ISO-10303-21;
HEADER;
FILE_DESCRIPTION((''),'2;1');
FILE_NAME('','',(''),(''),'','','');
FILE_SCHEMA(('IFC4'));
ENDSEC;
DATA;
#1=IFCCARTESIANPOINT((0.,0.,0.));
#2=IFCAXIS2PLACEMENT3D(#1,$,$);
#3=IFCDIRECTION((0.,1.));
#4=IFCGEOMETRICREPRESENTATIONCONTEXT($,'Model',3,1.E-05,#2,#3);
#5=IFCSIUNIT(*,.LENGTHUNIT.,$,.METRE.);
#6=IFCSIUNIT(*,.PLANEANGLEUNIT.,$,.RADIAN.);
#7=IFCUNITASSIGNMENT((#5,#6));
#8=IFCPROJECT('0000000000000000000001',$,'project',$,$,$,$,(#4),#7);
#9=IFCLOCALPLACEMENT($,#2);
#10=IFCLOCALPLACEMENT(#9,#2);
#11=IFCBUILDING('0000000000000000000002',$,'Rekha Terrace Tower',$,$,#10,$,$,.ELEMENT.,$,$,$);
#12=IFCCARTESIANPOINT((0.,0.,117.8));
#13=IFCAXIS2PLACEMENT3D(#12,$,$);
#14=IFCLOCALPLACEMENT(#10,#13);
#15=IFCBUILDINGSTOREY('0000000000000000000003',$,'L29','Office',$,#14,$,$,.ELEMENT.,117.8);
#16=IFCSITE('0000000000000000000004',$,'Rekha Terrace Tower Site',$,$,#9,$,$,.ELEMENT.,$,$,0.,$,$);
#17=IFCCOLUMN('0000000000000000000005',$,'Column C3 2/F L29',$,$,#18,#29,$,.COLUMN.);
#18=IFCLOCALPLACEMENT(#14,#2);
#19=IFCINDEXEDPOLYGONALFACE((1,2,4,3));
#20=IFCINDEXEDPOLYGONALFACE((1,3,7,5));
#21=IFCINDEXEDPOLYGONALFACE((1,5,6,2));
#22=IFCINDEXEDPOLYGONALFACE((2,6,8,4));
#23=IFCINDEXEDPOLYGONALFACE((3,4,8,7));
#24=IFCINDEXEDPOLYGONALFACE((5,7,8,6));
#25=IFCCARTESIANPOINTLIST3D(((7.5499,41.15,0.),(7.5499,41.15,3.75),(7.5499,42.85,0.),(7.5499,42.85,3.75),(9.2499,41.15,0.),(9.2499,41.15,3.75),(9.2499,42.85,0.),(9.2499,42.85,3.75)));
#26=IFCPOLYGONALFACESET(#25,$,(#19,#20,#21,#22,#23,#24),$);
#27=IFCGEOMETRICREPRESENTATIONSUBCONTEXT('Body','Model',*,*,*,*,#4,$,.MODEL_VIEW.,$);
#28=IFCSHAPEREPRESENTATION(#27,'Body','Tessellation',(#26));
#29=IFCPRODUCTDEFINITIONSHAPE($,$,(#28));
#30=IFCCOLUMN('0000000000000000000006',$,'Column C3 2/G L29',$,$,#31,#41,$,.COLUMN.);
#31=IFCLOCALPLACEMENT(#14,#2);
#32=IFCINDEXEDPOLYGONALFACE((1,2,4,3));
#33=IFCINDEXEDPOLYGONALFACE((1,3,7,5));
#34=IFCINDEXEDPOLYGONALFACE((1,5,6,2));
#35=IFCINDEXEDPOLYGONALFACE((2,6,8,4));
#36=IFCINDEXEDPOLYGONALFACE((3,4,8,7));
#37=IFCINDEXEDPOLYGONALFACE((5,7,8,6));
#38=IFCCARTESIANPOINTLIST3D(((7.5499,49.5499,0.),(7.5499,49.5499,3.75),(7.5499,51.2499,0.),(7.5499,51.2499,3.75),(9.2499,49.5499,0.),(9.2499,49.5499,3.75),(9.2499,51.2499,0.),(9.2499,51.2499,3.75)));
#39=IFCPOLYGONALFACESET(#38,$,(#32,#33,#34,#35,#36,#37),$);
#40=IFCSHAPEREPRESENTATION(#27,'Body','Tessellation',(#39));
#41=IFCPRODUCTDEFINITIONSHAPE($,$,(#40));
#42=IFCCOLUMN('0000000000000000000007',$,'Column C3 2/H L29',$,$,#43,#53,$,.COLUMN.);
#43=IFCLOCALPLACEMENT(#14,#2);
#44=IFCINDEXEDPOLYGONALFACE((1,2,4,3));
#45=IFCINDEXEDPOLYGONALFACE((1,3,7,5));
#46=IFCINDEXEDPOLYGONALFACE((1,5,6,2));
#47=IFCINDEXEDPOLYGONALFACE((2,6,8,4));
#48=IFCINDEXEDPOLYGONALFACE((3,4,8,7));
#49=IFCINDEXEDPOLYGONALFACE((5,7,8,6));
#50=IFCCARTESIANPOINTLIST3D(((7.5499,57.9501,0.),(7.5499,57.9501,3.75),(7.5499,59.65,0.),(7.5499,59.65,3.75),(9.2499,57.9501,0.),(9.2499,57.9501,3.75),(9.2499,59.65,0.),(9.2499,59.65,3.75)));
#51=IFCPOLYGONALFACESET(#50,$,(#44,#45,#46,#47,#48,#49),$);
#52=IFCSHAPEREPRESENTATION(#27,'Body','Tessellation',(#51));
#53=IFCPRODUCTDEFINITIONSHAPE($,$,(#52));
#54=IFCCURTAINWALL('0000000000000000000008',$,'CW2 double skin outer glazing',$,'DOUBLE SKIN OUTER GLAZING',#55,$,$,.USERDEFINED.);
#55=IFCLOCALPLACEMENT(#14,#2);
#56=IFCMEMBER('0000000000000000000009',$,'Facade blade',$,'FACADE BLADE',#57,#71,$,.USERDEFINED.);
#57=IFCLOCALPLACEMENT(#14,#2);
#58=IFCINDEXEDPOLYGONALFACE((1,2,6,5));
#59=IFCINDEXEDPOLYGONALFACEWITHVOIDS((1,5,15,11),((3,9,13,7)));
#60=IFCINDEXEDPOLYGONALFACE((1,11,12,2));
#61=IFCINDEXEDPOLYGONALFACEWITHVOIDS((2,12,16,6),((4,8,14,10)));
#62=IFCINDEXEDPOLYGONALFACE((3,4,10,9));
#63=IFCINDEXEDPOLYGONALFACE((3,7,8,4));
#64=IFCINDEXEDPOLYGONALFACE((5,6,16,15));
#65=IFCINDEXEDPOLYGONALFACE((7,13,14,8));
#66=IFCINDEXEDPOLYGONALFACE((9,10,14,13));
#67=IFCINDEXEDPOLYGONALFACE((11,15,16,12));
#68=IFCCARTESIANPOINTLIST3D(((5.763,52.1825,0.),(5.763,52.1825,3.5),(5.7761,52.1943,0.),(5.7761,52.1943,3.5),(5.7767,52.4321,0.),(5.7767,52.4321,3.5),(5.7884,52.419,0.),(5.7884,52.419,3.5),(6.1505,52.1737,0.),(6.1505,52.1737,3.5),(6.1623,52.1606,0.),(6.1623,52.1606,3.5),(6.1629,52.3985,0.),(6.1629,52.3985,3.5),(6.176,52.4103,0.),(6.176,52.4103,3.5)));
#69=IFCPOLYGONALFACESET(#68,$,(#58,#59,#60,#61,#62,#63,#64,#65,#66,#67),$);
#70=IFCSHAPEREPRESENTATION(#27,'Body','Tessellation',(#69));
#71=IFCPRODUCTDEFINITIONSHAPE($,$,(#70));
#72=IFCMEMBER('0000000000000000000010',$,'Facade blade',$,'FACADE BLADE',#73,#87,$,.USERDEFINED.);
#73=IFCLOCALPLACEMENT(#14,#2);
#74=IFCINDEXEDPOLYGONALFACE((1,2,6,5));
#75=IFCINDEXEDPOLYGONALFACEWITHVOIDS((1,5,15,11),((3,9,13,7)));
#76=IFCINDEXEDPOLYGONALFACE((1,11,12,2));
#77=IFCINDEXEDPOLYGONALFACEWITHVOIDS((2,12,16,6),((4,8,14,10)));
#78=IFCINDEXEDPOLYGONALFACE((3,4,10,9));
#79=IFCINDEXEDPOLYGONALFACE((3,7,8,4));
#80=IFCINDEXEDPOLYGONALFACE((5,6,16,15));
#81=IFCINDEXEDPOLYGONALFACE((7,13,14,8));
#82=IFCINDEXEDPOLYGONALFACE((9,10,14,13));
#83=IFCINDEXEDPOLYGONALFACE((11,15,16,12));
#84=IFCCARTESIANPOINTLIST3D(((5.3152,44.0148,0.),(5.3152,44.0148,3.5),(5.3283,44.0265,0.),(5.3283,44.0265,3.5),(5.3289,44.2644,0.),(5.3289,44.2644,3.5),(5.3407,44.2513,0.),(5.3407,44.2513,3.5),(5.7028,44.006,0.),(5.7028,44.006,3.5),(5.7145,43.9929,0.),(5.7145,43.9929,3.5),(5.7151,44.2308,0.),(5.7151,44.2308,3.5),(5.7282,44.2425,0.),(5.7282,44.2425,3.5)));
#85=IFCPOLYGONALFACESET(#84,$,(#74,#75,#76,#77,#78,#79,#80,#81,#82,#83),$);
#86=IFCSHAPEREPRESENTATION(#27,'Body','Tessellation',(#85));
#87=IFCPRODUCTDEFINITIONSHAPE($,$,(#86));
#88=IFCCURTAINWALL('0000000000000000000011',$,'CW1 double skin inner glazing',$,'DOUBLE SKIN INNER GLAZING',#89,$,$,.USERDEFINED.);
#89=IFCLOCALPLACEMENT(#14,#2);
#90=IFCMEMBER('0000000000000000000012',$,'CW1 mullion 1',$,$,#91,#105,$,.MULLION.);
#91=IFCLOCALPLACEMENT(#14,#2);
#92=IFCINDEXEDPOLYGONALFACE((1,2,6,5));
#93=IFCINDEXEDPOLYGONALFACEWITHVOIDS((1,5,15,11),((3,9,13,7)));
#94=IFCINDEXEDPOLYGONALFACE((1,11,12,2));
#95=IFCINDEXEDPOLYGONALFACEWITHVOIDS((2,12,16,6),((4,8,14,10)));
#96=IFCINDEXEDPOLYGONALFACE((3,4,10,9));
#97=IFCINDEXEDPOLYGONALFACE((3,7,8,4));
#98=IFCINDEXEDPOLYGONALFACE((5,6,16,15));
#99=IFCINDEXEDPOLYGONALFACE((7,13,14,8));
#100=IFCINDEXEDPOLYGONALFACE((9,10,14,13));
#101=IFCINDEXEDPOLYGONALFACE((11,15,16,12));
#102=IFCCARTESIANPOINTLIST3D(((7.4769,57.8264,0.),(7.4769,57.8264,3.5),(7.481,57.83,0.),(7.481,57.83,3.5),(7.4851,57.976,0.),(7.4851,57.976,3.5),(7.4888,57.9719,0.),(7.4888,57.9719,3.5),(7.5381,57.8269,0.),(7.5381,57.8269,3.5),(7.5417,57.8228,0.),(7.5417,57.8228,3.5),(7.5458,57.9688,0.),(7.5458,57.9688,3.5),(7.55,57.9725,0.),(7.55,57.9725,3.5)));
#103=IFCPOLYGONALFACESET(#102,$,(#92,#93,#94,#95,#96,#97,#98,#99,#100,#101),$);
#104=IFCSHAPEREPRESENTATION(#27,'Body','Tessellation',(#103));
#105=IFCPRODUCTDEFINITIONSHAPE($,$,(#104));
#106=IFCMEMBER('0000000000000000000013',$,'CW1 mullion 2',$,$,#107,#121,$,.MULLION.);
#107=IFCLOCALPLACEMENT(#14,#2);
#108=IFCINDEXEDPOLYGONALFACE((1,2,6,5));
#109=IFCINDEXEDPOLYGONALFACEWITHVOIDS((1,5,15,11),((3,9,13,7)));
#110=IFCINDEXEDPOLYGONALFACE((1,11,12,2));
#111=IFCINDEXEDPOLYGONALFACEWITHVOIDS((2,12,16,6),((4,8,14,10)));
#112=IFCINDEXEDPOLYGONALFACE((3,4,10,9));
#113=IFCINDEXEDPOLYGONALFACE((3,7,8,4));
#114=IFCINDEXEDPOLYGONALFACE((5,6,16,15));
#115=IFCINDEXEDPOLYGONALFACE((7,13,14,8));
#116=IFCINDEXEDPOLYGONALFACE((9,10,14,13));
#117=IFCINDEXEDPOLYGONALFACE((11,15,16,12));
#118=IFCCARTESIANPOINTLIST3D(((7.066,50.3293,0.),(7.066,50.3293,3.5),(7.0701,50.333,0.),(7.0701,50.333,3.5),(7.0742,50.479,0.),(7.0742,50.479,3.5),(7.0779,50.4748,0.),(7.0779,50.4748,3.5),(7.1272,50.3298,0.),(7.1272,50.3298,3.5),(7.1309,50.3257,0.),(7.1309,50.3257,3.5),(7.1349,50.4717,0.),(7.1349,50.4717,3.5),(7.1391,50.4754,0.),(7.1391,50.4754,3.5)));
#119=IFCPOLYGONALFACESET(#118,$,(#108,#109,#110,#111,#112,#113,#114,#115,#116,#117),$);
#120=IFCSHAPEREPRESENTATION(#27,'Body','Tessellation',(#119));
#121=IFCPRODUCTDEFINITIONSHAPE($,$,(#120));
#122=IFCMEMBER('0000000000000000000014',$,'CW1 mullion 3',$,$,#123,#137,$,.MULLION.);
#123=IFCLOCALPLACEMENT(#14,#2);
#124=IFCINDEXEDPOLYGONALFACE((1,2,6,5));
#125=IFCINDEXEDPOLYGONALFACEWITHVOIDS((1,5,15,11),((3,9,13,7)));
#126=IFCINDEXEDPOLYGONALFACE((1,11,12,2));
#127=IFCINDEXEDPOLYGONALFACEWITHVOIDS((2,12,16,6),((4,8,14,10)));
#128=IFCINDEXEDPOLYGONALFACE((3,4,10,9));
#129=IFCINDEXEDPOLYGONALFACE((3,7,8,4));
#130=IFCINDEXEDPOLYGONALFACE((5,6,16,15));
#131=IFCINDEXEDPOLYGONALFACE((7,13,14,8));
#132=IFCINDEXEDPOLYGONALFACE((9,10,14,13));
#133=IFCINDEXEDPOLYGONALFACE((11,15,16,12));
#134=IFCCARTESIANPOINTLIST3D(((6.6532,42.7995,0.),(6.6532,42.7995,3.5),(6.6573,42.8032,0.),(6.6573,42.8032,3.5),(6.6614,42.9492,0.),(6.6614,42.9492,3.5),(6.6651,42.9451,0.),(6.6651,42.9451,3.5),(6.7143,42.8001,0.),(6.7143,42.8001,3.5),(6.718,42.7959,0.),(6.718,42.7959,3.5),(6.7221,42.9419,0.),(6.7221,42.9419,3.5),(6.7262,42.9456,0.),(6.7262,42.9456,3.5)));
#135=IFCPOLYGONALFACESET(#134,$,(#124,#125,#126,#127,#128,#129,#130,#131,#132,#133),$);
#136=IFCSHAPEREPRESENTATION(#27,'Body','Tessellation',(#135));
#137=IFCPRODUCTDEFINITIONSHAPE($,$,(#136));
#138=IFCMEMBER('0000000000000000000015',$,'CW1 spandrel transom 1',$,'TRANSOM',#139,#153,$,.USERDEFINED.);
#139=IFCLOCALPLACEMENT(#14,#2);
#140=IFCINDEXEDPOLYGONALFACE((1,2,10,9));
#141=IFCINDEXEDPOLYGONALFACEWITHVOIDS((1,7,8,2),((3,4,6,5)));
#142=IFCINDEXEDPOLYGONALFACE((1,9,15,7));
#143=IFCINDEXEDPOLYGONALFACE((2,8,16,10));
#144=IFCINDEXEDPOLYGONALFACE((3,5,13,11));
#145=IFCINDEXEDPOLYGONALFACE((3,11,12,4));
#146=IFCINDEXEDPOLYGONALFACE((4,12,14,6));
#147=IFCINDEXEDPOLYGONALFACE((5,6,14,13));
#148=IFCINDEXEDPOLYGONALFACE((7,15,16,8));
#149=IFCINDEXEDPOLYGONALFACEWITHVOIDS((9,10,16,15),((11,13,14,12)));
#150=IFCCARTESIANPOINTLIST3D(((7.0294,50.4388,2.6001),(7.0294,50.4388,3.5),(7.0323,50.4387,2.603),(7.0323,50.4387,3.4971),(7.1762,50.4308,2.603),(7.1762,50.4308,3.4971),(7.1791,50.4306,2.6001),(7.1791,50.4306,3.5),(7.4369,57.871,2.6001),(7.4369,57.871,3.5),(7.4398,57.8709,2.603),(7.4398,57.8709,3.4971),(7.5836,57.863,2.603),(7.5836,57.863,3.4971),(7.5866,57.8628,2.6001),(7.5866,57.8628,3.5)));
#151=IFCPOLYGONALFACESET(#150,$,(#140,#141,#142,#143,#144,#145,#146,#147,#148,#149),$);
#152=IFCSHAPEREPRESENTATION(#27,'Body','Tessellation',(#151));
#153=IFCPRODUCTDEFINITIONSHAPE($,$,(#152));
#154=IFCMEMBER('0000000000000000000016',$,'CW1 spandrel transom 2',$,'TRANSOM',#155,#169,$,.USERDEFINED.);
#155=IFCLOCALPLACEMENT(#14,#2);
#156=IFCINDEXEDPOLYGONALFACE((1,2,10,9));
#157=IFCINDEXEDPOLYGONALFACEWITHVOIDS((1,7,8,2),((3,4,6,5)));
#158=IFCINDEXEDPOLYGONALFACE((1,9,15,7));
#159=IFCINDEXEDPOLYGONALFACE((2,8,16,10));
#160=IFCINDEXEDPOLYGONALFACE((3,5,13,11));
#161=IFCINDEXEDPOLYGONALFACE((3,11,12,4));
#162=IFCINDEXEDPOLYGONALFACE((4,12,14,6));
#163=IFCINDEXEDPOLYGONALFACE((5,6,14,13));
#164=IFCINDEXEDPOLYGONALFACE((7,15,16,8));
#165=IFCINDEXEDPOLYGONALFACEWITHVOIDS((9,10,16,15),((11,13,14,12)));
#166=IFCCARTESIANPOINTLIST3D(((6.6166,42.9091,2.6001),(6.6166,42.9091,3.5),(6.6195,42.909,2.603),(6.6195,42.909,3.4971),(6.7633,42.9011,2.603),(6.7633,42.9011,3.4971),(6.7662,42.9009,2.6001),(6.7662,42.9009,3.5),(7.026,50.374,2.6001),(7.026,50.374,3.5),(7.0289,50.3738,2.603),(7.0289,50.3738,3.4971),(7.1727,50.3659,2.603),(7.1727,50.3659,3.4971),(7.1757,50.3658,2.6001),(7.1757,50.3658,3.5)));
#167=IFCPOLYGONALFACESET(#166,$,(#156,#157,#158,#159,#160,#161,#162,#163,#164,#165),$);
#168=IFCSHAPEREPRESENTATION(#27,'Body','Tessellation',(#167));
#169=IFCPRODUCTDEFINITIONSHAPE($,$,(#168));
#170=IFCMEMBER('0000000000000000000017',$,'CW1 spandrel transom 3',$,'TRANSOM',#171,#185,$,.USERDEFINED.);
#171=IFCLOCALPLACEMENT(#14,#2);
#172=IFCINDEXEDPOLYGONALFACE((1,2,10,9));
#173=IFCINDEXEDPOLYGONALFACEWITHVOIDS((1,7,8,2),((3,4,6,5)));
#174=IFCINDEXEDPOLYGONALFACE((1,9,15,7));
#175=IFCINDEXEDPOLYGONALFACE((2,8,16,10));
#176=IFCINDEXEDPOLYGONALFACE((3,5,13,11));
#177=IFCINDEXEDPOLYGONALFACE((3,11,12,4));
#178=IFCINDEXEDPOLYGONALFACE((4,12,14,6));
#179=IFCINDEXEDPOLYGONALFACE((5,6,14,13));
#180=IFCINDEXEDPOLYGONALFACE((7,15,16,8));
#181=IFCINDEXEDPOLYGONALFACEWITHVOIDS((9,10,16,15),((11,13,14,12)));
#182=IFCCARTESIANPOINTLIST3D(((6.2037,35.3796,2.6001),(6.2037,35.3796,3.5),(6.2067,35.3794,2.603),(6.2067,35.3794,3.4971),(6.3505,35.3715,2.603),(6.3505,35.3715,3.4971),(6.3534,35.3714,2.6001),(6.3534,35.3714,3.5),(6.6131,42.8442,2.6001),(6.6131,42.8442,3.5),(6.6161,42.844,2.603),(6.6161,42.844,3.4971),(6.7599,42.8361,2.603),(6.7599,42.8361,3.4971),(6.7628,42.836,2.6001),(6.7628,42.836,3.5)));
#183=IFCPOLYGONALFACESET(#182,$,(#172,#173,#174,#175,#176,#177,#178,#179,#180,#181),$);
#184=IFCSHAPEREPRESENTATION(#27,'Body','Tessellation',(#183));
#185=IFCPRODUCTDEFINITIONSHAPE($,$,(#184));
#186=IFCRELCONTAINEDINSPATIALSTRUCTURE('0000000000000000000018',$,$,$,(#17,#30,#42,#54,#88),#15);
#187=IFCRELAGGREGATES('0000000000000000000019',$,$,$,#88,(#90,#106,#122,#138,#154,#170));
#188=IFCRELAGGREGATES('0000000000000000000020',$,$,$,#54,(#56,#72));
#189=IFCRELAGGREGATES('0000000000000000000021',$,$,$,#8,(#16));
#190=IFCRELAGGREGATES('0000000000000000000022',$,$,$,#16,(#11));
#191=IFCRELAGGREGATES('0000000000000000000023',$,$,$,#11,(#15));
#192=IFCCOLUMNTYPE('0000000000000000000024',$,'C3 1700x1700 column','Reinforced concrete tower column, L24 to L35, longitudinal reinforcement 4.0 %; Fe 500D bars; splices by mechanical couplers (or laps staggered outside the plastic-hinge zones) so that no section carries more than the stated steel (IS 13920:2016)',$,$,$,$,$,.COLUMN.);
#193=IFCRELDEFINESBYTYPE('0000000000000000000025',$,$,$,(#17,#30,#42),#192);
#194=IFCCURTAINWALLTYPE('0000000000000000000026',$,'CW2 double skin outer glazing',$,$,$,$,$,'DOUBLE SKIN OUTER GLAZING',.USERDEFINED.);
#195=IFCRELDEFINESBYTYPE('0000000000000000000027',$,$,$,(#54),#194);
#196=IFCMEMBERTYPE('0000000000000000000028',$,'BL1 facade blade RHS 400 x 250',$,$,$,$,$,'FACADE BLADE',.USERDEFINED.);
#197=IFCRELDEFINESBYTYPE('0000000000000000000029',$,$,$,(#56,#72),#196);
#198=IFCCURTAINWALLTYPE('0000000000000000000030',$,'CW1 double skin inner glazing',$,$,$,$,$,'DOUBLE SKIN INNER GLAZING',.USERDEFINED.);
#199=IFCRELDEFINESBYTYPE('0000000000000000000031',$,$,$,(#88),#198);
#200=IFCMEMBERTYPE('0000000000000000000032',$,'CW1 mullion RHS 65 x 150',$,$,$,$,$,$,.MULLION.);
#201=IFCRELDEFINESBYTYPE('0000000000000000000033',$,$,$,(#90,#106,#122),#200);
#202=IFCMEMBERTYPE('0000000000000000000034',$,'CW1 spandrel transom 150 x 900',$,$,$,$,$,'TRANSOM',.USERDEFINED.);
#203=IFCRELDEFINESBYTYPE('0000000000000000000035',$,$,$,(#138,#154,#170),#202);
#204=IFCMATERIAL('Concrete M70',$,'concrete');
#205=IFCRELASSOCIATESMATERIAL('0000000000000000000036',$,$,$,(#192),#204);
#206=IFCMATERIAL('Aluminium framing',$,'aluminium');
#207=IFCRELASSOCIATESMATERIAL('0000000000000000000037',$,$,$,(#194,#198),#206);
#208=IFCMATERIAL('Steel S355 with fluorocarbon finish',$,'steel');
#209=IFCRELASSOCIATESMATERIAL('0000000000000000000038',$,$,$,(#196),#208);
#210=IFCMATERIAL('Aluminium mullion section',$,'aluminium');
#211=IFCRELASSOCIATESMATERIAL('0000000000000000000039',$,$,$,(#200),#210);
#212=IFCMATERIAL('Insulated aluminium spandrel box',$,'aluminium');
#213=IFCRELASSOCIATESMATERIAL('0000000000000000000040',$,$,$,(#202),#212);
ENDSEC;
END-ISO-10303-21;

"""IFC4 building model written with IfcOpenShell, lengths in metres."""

from ifc_helpers import new_model, si_unit, direction, frame, origin, origin_2d, place, context, subcontext, project, spatial, rectangle, hollow_rectangle, extrude, material, material_profile, profile_set, type_object, element, aggregate, save


model = new_model("IFC4")

# Units and contexts
model_context = context("Model", 3, precision=1e-05, world=origin(), true_north=direction((0.0, 1.0)))
body_context = subcontext(model_context, "Body", "Model", "MODEL_VIEW")
ifc_project = project(units=[si_unit("LENGTHUNIT", "METRE"), si_unit("PLANEANGLEUNIT", "RADIAN")], contexts=[model_context])

# Site, building, storey
site_placement = place(None, origin())
site = spatial("IfcSite", under=ifc_project, at=site_placement, Name="Rekha Terrace Tower Site", CompositionType="ELEMENT", RefElevation=0.0)
building_placement = place(site_placement, origin())
building = spatial("IfcBuilding", under=site, at=building_placement, Name="Rekha Terrace Tower", CompositionType="ELEMENT")
storey_placement = place(building_placement, frame((0.0, 0.0, 117.8)))
storey = spatial("IfcBuildingStorey", under=building, at=storey_placement, Name="L29", Description="Office", CompositionType="ELEMENT", Elevation=117.8)

# Columns
ifc_material_1 = material(Name="Concrete M70", Category="concrete")
ifc_material_profile_1 = material_profile(ifc_material_1, rectangle(XDim=1.7, YDim=1.7, at=origin_2d()), Name="RC 1700x1700")
ifc_profile_set_1 = profile_set([ifc_material_profile_1], Name="Concrete M70")
column_type = type_object("IfcColumnType", Name="C3 1700x1700 column", Description="Reinforced concrete tower column, L24 to L35, longitudinal reinforcement 4.0 %; Fe 500D bars; splices by mechanical couplers (or laps staggered outside the plastic-hinge zones) so that no section carries more than the stated steel (IS 13920:2016)", PredefinedType="COLUMN", material=ifc_profile_set_1)
for number, where, z_axis, x_axis, name in (
    (1, (8.3999, 42.0, 0.0), (0.0, 0.0, 1.0), (1.0, 0.0, 0.0), "Column C3 2/F L29"),
    (2, (8.3999, 50.3999, 0.0), (0.0, 0.0, 1.0), (1.0, 0.0, 0.0), "Column C3 2/G L29"),
    (3, (8.3999, 58.8, 0.0), (0.0, 0.0, 1.0), (1.0, 0.0, 0.0), "Column C3 2/H L29"),
):
    element("IfcColumn", number, at=place(storey_placement, frame(where, z_axis=z_axis, x_axis=x_axis)), inside=storey, type_object=column_type, Name=name, PredefinedType="COLUMN", context=body_context, shape_type="SweptSolid", body=[
        extrude(rectangle(XDim=1.7, YDim=1.7, at=origin_2d()), origin(), (0.0, 0.0, 1.0), 3.75),
    ])

# Curtain walls, members
ifc_material_2 = material(Name="Aluminium framing", Category="aluminium")
curtain_wall_type_1 = type_object("IfcCurtainWallType", Name="CW2 double skin outer glazing", ElementType="DOUBLE SKIN OUTER GLAZING", PredefinedType="USERDEFINED", material=ifc_material_2)
curtain_wall_1_placement = place(storey_placement, origin())
curtain_wall_1 = element("IfcCurtainWall", 4, at=curtain_wall_1_placement, inside=storey, type_object=curtain_wall_type_1, Name="CW2 double skin outer glazing", ObjectType="DOUBLE SKIN OUTER GLAZING", PredefinedType="USERDEFINED")
ifc_material_3 = material(Name="Steel S355 with fluorocarbon finish", Category="steel")
ifc_material_profile_2 = material_profile(ifc_material_3, hollow_rectangle(XDim=0.25, YDim=0.3999, WallThickness=0.0125, at=origin_2d()), Name="RHS400x250x12.5")
ifc_profile_set_2 = profile_set([ifc_material_profile_2], Name="Steel S355 with fluorocarbon finish")
member_type_1 = type_object("IfcMemberType", Name="BL1 facade blade RHS 400 x 250", ElementType="FACADE BLADE", PredefinedType="USERDEFINED", material=ifc_profile_set_2)
member_1_placement = place(storey_placement, frame((5.9695, 52.2964, 0.0), z_axis=(0.0, 0.0, 1.0), x_axis=(-0.054743, -0.9985, 0.0)))
member_1 = element("IfcMember", 5, at=member_1_placement, type_object=member_type_1, Name="Facade blade", ObjectType="FACADE BLADE", PredefinedType="USERDEFINED", context=body_context, shape_type="SweptSolid", body=[
    extrude(hollow_rectangle(XDim=0.25, YDim=0.3999, WallThickness=0.0125, at=origin_2d()), origin(), (0.0, 0.0, 1.0), 3.5),
])
member_2_placement = place(storey_placement, frame((5.5217, 44.1287, 0.0), z_axis=(0.0, 0.0, 1.0), x_axis=(-0.054743, -0.9985, 0.0)))
member_2 = element("IfcMember", 6, at=member_2_placement, type_object=member_type_1, Name="Facade blade", ObjectType="FACADE BLADE", PredefinedType="USERDEFINED", context=body_context, shape_type="SweptSolid", body=[
    extrude(hollow_rectangle(XDim=0.25, YDim=0.3999, WallThickness=0.0125, at=origin_2d()), origin(), (0.0, 0.0, 1.0), 3.5),
])
curtain_wall_type_2 = type_object("IfcCurtainWallType", Name="CW1 double skin inner glazing", ElementType="DOUBLE SKIN INNER GLAZING", PredefinedType="USERDEFINED", material=ifc_material_2)
curtain_wall_2_placement = place(storey_placement, origin())
curtain_wall_2 = element("IfcCurtainWall", 7, at=curtain_wall_2_placement, inside=storey, type_object=curtain_wall_type_2, Name="CW1 double skin inner glazing", ObjectType="DOUBLE SKIN INNER GLAZING", PredefinedType="USERDEFINED")
ifc_material_4 = material(Name="Aluminium mullion section", Category="aluminium")
ifc_material_profile_3 = material_profile(ifc_material_4, hollow_rectangle(XDim=0.0649, YDim=0.1499, WallThickness=0.0039, at=origin_2d()), Name="AL RHS 65x150")
ifc_profile_set_3 = profile_set([ifc_material_profile_3], Name="Aluminium mullion section")
member_type_2 = type_object("IfcMemberType", Name="CW1 mullion RHS 65 x 150", PredefinedType="MULLION", material=ifc_profile_set_3)
member_3_placement = place(storey_placement, frame((7.5134, 57.8994, 0.0), z_axis=(0.0, 0.0, 1.0), x_axis=(0.998501, -0.054742, 0.0)))
member_3 = element("IfcMember", 8, at=member_3_placement, type_object=member_type_2, Name="CW1 mullion 1", PredefinedType="MULLION", context=body_context, shape_type="SweptSolid", body=[
    extrude(hollow_rectangle(XDim=0.0649, YDim=0.1499, WallThickness=0.0039, at=origin_2d()), origin(), (0.0, 0.0, 1.0), 3.5),
])
member_4_placement = place(storey_placement, frame((7.1025, 50.4023, 0.0), z_axis=(0.0, 0.0, 1.0), x_axis=(0.998501, -0.054742, 0.0)))
member_4 = element("IfcMember", 9, at=member_4_placement, type_object=member_type_2, Name="CW1 mullion 2", PredefinedType="MULLION", context=body_context, shape_type="SweptSolid", body=[
    extrude(hollow_rectangle(XDim=0.0649, YDim=0.1499, WallThickness=0.0039, at=origin_2d()), origin(), (0.0, 0.0, 1.0), 3.5),
])
member_5_placement = place(storey_placement, frame((6.6897, 42.8726, 0.0), z_axis=(0.0, 0.0, 1.0), x_axis=(0.998501, -0.054742, 0.0)))
member_5 = element("IfcMember", 10, at=member_5_placement, type_object=member_type_2, Name="CW1 mullion 3", PredefinedType="MULLION", context=body_context, shape_type="SweptSolid", body=[
    extrude(hollow_rectangle(XDim=0.0649, YDim=0.1499, WallThickness=0.0039, at=origin_2d()), origin(), (0.0, 0.0, 1.0), 3.5),
])
ifc_material_5 = material(Name="Insulated aluminium spandrel box", Category="aluminium")
ifc_material_profile_4 = material_profile(ifc_material_5, hollow_rectangle(XDim=0.1499, YDim=0.8999, WallThickness=0.0029, at=origin_2d()), Name="AL SPANDREL BOX 150x900")
ifc_profile_set_4 = profile_set([ifc_material_profile_4], Name="Insulated aluminium spandrel box")
member_type_3 = type_object("IfcMemberType", Name="CW1 spandrel transom 150 x 900", ElementType="TRANSOM", PredefinedType="USERDEFINED", material=ifc_profile_set_4)
member_6_placement = place(storey_placement, frame((7.5117, 57.8669, 3.05), z_axis=(-0.054743, -0.9985, 0.0), x_axis=(0.9985, -0.054743, 0.0)))
member_6 = element("IfcMember", 11, at=member_6_placement, type_object=member_type_3, Name="CW1 spandrel transom 1", ObjectType="TRANSOM", PredefinedType="USERDEFINED", context=body_context, shape_type="SweptSolid", body=[
    extrude(hollow_rectangle(XDim=0.1499, YDim=0.8999, WallThickness=0.0029, at=origin_2d()), origin(), (0.0, 0.0, 1.0), 7.4434),
])
member_7_placement = place(storey_placement, frame((7.1008, 50.3699, 3.05), z_axis=(-0.054765, -0.998499, 0.0), x_axis=(0.998499, -0.054765, 0.0)))
member_7 = element("IfcMember", 12, at=member_7_placement, type_object=member_type_3, Name="CW1 spandrel transom 2", ObjectType="TRANSOM", PredefinedType="USERDEFINED", context=body_context, shape_type="SweptSolid", body=[
    extrude(hollow_rectangle(XDim=0.1499, YDim=0.8999, WallThickness=0.0029, at=origin_2d()), origin(), (0.0, 0.0, 1.0), 7.4761),
])
member_8_placement = place(storey_placement, frame((6.688, 42.8401, 3.05), z_axis=(-0.054766, -0.998499, 0.0), x_axis=(0.998499, -0.054766, 0.0)))
member_8 = element("IfcMember", 13, at=member_8_placement, type_object=member_type_3, Name="CW1 spandrel transom 3", ObjectType="TRANSOM", PredefinedType="USERDEFINED", context=body_context, shape_type="SweptSolid", body=[
    extrude(hollow_rectangle(XDim=0.1499, YDim=0.8999, WallThickness=0.0029, at=origin_2d()), origin(), (0.0, 0.0, 1.0), 7.4758),
])

aggregate(curtain_wall_2, [member_3, member_4, member_5, member_6, member_7, member_8])
aggregate(curtain_wall_1, [member_1, member_2])

save(model, "model.ifc")
